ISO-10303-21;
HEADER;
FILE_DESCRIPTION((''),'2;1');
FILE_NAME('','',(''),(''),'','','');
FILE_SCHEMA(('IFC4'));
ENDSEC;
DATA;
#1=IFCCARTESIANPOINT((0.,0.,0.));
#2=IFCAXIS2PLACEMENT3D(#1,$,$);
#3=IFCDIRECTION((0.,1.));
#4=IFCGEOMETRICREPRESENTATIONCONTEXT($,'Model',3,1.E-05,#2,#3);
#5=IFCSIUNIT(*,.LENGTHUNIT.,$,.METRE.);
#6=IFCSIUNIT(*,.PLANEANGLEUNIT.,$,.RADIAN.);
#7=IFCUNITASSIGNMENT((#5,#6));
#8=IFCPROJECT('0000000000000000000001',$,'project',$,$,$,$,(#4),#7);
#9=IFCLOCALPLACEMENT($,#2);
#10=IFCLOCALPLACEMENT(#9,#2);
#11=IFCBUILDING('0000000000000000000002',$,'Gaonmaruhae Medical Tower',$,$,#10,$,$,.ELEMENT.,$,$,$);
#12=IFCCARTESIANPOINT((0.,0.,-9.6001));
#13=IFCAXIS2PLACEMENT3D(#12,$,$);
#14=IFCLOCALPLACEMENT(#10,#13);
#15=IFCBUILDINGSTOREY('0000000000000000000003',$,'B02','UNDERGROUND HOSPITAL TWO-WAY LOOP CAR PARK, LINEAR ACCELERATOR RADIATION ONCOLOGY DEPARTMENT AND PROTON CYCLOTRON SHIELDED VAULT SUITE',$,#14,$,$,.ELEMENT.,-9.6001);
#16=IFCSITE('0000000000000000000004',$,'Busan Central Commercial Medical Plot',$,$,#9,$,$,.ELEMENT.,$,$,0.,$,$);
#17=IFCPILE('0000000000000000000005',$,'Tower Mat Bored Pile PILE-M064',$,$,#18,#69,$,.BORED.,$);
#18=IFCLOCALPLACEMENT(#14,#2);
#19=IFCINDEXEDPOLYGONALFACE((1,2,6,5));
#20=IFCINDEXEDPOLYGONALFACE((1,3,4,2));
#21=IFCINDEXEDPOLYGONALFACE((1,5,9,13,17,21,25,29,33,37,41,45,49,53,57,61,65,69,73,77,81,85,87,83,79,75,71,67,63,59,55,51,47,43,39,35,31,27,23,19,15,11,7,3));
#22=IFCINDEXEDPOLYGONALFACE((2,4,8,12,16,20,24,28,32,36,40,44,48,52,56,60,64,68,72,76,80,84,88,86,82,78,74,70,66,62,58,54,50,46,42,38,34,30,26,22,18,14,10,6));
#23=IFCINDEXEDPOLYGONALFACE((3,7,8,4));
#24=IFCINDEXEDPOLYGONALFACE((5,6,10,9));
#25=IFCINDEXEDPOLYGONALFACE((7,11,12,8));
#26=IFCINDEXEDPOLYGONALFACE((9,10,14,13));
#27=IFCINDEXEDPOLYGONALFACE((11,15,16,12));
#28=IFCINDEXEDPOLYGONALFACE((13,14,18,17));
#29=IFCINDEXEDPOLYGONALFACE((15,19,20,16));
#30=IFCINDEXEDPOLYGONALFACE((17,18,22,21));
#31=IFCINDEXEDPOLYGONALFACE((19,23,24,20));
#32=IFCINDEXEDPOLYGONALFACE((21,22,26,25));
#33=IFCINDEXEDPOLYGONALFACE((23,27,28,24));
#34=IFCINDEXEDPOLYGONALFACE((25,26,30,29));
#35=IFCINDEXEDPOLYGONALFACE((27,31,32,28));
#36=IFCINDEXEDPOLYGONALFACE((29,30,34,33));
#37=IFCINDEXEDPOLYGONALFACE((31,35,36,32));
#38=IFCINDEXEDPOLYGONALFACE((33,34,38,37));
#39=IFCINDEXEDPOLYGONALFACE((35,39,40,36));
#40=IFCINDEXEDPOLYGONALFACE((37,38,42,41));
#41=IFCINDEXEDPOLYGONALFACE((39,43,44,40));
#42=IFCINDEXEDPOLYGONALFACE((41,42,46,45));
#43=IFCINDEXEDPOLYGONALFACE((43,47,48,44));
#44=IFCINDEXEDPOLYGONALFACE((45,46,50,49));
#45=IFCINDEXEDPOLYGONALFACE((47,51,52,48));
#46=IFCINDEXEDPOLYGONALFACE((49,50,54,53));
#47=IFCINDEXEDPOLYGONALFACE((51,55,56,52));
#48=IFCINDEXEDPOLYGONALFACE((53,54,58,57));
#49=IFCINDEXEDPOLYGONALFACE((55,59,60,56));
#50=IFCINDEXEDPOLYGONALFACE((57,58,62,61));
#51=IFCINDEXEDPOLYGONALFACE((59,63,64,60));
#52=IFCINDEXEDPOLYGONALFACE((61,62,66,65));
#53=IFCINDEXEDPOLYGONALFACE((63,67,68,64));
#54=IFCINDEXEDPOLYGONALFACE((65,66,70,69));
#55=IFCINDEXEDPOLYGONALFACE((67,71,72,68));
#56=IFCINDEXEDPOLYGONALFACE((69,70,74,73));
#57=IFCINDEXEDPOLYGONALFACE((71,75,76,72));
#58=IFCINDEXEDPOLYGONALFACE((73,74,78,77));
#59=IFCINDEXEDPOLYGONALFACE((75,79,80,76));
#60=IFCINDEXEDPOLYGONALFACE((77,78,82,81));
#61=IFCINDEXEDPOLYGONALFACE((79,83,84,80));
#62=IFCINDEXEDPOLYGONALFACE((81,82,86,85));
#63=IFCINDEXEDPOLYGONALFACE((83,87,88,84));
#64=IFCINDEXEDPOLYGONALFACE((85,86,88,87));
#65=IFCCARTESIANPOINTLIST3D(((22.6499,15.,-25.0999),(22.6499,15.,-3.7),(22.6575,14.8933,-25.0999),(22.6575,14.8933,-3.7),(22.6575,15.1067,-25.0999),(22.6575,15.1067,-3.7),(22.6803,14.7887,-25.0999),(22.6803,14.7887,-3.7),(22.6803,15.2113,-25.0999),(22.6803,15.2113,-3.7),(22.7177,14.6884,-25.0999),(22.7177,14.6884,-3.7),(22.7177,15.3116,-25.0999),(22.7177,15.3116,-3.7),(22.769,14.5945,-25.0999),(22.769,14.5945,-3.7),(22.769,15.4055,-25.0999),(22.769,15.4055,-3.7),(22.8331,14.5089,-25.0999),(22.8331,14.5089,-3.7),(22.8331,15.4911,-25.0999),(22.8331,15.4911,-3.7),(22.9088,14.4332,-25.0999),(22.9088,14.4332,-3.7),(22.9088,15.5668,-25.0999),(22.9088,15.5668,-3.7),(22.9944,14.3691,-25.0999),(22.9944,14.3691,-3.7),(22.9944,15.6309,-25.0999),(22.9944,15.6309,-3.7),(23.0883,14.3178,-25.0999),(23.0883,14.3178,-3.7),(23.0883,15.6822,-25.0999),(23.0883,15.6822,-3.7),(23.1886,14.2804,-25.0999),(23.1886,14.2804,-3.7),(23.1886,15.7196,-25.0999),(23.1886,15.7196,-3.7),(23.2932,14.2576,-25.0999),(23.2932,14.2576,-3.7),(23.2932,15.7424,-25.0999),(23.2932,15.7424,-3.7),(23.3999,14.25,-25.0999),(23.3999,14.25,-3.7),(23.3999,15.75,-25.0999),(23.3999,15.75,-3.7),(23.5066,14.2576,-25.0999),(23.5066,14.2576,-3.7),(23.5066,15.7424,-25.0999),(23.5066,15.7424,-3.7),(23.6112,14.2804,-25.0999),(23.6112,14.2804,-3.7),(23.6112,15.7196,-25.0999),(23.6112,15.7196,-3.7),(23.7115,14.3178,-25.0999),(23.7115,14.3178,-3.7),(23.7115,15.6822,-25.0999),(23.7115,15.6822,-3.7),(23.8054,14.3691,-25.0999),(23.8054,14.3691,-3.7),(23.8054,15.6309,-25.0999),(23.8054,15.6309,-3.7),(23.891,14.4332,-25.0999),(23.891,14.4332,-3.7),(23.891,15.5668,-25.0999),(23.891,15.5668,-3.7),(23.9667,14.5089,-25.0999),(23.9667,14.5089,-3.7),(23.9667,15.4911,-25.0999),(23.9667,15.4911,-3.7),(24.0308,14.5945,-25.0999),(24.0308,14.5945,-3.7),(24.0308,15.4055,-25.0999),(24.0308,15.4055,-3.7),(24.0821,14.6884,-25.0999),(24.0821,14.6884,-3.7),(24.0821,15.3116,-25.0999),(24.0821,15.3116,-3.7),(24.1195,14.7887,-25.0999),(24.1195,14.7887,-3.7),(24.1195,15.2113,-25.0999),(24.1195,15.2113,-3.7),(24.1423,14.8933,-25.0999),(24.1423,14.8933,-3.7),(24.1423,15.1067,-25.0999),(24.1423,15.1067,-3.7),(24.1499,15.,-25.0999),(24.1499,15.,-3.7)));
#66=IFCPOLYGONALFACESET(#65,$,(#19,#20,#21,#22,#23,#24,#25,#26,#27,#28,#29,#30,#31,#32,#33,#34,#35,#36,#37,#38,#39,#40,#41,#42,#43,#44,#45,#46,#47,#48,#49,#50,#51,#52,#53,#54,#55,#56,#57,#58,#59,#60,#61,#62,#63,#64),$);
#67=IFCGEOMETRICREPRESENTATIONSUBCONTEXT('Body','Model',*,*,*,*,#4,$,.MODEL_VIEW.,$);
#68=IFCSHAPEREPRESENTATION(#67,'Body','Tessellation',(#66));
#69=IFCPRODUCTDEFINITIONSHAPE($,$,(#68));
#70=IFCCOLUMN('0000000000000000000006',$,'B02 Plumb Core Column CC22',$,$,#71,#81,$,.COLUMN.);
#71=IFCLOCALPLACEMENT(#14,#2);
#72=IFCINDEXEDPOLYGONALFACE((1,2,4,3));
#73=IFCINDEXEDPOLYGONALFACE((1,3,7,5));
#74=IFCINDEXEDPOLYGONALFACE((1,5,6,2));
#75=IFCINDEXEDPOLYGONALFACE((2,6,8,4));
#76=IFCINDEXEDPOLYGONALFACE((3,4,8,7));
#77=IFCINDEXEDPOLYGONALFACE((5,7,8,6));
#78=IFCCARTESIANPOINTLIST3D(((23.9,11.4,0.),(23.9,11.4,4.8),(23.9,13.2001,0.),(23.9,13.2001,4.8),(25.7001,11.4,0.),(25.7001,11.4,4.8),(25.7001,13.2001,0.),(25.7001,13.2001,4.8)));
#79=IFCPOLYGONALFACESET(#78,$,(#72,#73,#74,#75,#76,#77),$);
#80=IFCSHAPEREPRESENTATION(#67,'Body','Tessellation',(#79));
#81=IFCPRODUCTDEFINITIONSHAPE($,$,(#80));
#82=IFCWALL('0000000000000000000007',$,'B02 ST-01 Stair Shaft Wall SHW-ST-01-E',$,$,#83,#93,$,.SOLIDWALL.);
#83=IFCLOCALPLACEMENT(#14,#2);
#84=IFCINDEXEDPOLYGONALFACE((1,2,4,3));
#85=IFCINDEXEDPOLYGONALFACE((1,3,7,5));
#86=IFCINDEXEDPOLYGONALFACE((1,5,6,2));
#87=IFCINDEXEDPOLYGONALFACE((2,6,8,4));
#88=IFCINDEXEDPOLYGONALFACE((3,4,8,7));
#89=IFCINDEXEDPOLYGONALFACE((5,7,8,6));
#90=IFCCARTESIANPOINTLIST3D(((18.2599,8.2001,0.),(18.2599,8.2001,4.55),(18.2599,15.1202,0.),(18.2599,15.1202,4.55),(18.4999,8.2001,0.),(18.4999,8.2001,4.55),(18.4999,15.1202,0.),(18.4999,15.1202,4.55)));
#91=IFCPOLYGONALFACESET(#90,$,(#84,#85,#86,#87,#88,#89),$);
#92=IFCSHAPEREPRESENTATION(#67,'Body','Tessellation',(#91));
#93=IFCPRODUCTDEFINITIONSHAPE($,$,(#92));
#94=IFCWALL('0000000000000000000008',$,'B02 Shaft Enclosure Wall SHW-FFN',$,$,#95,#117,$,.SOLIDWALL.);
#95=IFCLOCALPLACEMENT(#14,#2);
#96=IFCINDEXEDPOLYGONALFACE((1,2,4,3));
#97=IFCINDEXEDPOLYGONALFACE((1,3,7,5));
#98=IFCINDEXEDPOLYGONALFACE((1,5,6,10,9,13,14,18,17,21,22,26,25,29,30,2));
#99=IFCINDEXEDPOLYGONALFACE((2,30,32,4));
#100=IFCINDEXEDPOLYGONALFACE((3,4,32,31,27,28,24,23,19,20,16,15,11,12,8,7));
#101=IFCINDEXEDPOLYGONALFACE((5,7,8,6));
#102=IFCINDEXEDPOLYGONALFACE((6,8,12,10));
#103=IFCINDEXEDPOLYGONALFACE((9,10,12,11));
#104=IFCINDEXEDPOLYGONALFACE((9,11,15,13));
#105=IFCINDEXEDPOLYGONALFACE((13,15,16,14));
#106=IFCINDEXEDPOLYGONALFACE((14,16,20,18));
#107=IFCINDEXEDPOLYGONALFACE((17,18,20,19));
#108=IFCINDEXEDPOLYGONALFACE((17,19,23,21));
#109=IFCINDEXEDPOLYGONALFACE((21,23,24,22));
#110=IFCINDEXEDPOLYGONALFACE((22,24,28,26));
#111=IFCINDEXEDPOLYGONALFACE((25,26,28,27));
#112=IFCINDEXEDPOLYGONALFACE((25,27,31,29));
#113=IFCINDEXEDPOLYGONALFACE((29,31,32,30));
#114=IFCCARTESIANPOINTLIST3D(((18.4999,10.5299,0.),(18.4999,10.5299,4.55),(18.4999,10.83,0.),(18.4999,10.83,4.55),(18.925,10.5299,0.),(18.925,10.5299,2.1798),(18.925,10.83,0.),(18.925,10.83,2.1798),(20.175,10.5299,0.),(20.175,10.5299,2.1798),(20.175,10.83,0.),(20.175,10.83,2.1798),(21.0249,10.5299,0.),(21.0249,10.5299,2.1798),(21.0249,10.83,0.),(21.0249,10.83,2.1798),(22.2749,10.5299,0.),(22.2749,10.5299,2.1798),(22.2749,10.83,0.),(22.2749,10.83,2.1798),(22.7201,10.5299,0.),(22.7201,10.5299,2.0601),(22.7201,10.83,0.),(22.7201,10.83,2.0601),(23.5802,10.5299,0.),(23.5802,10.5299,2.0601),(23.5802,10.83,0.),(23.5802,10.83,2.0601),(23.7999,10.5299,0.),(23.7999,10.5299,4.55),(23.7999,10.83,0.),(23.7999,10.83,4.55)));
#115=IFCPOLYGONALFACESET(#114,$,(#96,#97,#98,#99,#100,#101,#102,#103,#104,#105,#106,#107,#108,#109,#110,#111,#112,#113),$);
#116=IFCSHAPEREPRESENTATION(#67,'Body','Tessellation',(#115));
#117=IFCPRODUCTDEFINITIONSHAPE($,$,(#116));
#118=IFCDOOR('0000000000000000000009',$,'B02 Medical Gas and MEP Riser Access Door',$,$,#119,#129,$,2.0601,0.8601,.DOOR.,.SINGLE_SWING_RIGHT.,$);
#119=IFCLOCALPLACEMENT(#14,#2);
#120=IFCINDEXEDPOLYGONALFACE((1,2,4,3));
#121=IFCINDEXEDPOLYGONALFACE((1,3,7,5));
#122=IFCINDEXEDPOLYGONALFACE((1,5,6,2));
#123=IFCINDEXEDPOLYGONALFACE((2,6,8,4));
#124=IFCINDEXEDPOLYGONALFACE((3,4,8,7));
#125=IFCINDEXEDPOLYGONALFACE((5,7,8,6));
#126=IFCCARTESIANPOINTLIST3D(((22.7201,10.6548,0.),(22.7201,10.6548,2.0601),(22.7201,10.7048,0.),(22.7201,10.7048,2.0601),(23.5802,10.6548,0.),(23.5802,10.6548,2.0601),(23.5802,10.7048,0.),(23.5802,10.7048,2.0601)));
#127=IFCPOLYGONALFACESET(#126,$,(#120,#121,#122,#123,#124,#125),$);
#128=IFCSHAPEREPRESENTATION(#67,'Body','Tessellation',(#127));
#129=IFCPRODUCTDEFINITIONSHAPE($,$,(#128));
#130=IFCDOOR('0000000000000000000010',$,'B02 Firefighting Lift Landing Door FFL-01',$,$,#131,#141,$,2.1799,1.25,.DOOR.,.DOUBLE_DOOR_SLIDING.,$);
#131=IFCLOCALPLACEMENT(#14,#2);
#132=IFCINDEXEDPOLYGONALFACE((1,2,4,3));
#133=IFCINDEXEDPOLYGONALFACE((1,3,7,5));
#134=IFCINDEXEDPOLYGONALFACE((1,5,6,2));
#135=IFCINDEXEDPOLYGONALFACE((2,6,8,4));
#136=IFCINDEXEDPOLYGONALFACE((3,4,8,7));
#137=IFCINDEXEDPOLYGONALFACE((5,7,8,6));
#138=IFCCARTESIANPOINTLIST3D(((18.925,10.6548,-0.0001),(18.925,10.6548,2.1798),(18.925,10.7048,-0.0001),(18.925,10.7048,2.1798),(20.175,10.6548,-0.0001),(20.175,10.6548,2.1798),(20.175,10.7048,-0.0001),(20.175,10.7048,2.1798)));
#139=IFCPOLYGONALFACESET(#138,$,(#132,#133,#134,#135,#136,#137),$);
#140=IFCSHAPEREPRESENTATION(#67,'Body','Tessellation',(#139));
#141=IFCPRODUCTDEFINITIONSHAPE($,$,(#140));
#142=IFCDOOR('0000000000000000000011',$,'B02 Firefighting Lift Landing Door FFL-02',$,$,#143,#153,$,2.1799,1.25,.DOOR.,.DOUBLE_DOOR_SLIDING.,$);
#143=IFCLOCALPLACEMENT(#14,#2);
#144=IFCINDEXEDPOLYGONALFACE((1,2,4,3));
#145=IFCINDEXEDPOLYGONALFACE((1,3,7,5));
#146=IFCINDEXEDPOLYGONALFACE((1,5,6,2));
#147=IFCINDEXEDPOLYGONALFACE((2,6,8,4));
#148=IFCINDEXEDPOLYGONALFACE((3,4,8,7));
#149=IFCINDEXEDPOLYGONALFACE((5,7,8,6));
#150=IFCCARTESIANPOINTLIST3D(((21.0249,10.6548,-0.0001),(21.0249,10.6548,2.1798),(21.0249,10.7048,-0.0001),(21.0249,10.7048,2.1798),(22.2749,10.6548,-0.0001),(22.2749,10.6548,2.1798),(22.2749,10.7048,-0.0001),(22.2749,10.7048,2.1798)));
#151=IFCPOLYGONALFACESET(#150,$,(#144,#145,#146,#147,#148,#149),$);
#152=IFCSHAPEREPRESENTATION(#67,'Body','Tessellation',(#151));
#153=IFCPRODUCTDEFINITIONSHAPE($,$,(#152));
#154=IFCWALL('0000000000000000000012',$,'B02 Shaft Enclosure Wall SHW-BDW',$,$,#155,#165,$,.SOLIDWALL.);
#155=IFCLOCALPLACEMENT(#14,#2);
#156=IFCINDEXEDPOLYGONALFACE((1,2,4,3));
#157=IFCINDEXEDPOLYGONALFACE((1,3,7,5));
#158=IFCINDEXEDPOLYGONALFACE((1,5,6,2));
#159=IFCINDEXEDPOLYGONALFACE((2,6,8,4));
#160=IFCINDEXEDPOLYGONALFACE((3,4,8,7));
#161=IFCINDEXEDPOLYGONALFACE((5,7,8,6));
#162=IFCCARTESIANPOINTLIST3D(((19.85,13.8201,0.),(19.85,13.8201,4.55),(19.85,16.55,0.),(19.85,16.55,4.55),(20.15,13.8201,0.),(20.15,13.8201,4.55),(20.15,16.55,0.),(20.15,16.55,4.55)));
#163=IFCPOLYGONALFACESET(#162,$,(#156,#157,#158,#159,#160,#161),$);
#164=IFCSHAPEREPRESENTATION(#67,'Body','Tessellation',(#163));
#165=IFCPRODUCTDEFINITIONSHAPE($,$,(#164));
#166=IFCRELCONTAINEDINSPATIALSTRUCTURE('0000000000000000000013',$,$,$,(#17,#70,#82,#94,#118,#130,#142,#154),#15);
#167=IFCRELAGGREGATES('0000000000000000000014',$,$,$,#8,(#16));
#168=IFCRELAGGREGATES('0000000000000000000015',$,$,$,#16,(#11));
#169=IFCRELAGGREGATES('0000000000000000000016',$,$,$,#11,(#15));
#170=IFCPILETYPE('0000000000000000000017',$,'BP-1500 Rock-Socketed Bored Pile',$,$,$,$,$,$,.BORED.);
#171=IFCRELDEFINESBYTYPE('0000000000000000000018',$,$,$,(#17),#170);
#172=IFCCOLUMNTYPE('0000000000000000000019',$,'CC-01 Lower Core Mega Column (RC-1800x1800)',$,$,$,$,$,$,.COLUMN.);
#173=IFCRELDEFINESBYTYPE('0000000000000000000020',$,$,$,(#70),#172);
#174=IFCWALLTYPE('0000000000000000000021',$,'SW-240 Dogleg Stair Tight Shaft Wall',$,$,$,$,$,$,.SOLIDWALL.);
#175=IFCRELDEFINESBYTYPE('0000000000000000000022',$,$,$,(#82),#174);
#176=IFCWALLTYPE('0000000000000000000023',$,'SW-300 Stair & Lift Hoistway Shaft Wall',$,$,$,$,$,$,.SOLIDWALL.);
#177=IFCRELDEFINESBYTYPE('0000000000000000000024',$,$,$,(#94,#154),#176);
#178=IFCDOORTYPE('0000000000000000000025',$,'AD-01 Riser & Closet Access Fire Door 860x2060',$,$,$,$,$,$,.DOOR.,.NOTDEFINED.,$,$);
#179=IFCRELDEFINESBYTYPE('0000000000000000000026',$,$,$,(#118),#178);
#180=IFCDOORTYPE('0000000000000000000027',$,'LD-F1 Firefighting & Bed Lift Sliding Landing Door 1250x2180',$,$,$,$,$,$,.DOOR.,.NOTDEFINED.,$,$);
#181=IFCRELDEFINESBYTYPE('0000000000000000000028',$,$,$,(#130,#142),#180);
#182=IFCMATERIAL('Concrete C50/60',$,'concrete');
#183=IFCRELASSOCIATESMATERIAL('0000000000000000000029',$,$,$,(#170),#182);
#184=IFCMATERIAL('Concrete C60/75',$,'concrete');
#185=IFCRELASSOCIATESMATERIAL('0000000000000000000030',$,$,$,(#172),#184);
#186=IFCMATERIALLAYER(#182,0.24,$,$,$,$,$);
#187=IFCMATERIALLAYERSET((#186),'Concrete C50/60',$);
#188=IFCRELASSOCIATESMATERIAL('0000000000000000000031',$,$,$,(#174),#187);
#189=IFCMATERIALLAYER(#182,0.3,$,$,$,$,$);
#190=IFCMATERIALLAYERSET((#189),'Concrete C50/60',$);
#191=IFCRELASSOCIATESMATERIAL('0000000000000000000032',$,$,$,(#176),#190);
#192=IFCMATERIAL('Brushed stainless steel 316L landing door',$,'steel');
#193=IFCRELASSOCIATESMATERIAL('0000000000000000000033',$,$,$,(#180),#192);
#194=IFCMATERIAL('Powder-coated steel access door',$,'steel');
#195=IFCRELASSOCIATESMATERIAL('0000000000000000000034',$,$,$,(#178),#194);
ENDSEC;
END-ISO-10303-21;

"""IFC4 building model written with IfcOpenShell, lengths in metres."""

from ifc_helpers import new_model, si_unit, direction, frame, frame_2d, origin, origin_2d, place, context, subcontext, project, spatial, rectangle, circle, extrude, material, layer, layer_set, material_profile, profile_set, type_object, element, fill, save


model = new_model("IFC4")

# Units and contexts
model_context = context("Model", 3, precision=1e-05, world=origin(), true_north=direction((0.0, 1.0)))
body_context = subcontext(model_context, "Body", "Model", "MODEL_VIEW")
ifc_project = project(units=[si_unit("LENGTHUNIT", "METRE"), si_unit("PLANEANGLEUNIT", "RADIAN")], contexts=[model_context])

# Site, building, storey
site_placement = place(None, origin())
site = spatial("IfcSite", under=ifc_project, at=site_placement, Name="Busan Central Commercial Medical Plot", CompositionType="ELEMENT", RefElevation=0.0)
building_placement = place(site_placement, origin())
building = spatial("IfcBuilding", under=site, at=building_placement, Name="Gaonmaruhae Medical Tower", CompositionType="ELEMENT")
storey_placement = place(building_placement, frame((0.0, 0.0, -9.6001)))
storey = spatial("IfcBuildingStorey", under=building, at=storey_placement, Name="B02", Description="UNDERGROUND HOSPITAL TWO-WAY LOOP CAR PARK, LINEAR ACCELERATOR RADIATION ONCOLOGY DEPARTMENT AND PROTON CYCLOTRON SHIELDED VAULT SUITE", CompositionType="ELEMENT", Elevation=-9.6001)

# Pile
ifc_material_1 = material(Name="Concrete C50/60", Category="concrete")
ifc_material_profile_1 = material_profile(ifc_material_1, circle(Radius=0.75, at=origin_2d()), Name="PILE-D1500")
ifc_profile_set_1 = profile_set([ifc_material_profile_1], Name="Concrete C50/60")
pile_type = type_object("IfcPileType", Name="BP-1500 Rock-Socketed Bored Pile", PredefinedType="BORED", material=ifc_profile_set_1)
for number, where, z_axis, x_axis, name in (
    (1, (23.3999, 15.0, -3.7), (0.0, 0.0, -1.0), (1.0, 0.0, 0.0), "Tower Mat Bored Pile PILE-M064"),
):
    element("IfcPile", number, at=place(storey_placement, frame(where, z_axis=z_axis, x_axis=x_axis)), inside=storey, type_object=pile_type, Name=name, PredefinedType="BORED", context=body_context, shape_type="SweptSolid", body=[
        extrude(circle(Radius=0.75, at=origin_2d()), origin(), (0.0, 0.0, 1.0), 21.3999),
    ])

# Column
ifc_material_2 = material(Name="Concrete C60/75", Category="concrete")
ifc_material_profile_2 = material_profile(ifc_material_2, rectangle(XDim=1.8, YDim=1.8, at=origin_2d()), Name="RC-1800x1800")
ifc_profile_set_2 = profile_set([ifc_material_profile_2], Name="Concrete C60/75")
column_type = type_object("IfcColumnType", Name="CC-01 Lower Core Mega Column (RC-1800x1800)", PredefinedType="COLUMN", material=ifc_profile_set_2)
column_placement = place(storey_placement, frame((24.8, 12.3, 0.0), z_axis=(0.0, 0.0, 1.0), x_axis=(1.0, 0.0, 0.0)))
element("IfcColumn", 2, at=column_placement, inside=storey, type_object=column_type, Name="B02 Plumb Core Column CC22", PredefinedType="COLUMN", context=body_context, shape_type="SweptSolid", body=[
    extrude(rectangle(XDim=1.8, YDim=1.8, at=origin_2d()), origin(), (0.0, 0.0, 1.0), 4.8),
])

# Wall
ifc_layer_1 = layer(ifc_material_1, 0.24)
ifc_layer_set_1 = layer_set([ifc_layer_1], Name="Concrete C50/60")
wall_type_1 = type_object("IfcWallType", Name="SW-240 Dogleg Stair Tight Shaft Wall", PredefinedType="SOLIDWALL", material=ifc_layer_set_1)
wall_1_placement = place(storey_placement, frame((18.3799, 15.1201, 0.0), z_axis=(0.0, 0.0, 1.0), x_axis=(0.0, -1.0, 0.0)))
element("IfcWall", 3, at=wall_1_placement, inside=storey, type_object=wall_type_1, Name="B02 ST-01 Stair Shaft Wall SHW-ST-01-E", PredefinedType="SOLIDWALL", context=body_context, shape_type="SweptSolid", body=[
    extrude(rectangle(XDim=6.9202, YDim=0.24, at=frame_2d((3.46, 0.0))), origin(), (0.0, 0.0, 1.0), 4.55),
])

# Wall, openings, doors
ifc_layer_2 = layer(ifc_material_1, 0.3)
ifc_layer_set_2 = layer_set([ifc_layer_2], Name="Concrete C50/60")
wall_type_2 = type_object("IfcWallType", Name="SW-300 Stair & Lift Hoistway Shaft Wall", PredefinedType="SOLIDWALL", material=ifc_layer_set_2)
ifc_material_3 = material(Name="Brushed stainless steel 316L landing door", Category="steel")
door_type_1 = type_object("IfcDoorType", Name="LD-F1 Firefighting & Bed Lift Sliding Landing Door 1250x2180", OperationType="NOTDEFINED", PredefinedType="DOOR", material=ifc_material_3)
wall_2_placement = place(storey_placement, frame((18.5, 10.6799, 0.0), z_axis=(0.0, 0.0, 1.0), x_axis=(1.0, 0.0, 0.0)))
wall_2 = element("IfcWall", 4, at=wall_2_placement, inside=storey, type_object=wall_type_2, Name="B02 Shaft Enclosure Wall SHW-FFN", PredefinedType="SOLIDWALL", context=body_context, shape_type="SweptSolid", body=[
    extrude(rectangle(XDim=5.3, YDim=0.3, at=frame_2d((2.6499, 0.0))), origin(), (0.0, 0.0, 1.0), 4.55),
])
opening_1_placement = place(wall_2_placement, frame((4.22, 0.0, 0.0)))
opening_1 = element("IfcOpeningElement", 5, at=opening_1_placement, cuts=wall_2, PredefinedType="OPENING", context=body_context, shape_type="SweptSolid", body=[
    extrude(rectangle(XDim=0.8601, YDim=2.0601, at=frame_2d((0.4302, 1.03))), frame((0.0, 0.1602, 0.0), z_axis=(0.0, -1.0, 0.0), x_axis=(1.0, 0.0, 0.0)), (0.0, 0.0, 1.0), 0.3201),
])
opening_2_placement = place(wall_2_placement, frame((0.425, 0.0, 0.0)))
opening_2 = element("IfcOpeningElement", 6, at=opening_2_placement, cuts=wall_2, PredefinedType="OPENING", context=body_context, shape_type="SweptSolid", body=[
    extrude(rectangle(XDim=1.25, YDim=2.1799, at=frame_2d((0.625, 1.0898))), frame((0.0, 0.1602, 0.0), z_axis=(0.0, -1.0, 0.0), x_axis=(1.0, 0.0, 0.0)), (0.0, 0.0, 1.0), 0.3201),
])
opening_3_placement = place(wall_2_placement, frame((2.5249, 0.0, 0.0)))
opening_3 = element("IfcOpeningElement", 7, at=opening_3_placement, cuts=wall_2, PredefinedType="OPENING", context=body_context, shape_type="SweptSolid", body=[
    extrude(rectangle(XDim=1.25, YDim=2.1799, at=frame_2d((0.625, 1.0898))), frame((0.0, 0.1602, 0.0), z_axis=(0.0, -1.0, 0.0), x_axis=(1.0, 0.0, 0.0)), (0.0, 0.0, 1.0), 0.3201),
])
ifc_material_4 = material(Name="Powder-coated steel access door", Category="steel")
door_type_2 = type_object("IfcDoorType", Name="AD-01 Riser & Closet Access Fire Door 860x2060", OperationType="NOTDEFINED", PredefinedType="DOOR", material=ifc_material_4)
door_1_placement = place(opening_1_placement, origin())
door_1 = element("IfcDoor", 8, at=door_1_placement, inside=storey, type_object=door_type_2, Name="B02 Medical Gas and MEP Riser Access Door", OperationType="SINGLE_SWING_RIGHT", OverallHeight=2.0601, OverallWidth=0.8601, PredefinedType="DOOR", context=body_context, shape_type="SweptSolid", body=[
    extrude(rectangle(XDim=0.8601, YDim=2.0601, at=frame_2d((0.4302, 1.03))), frame((0.0, 0.0249, 0.0), z_axis=(0.0, -1.0, 0.0), x_axis=(1.0, 0.0, 0.0)), (0.0, 0.0, 1.0), 0.05),
])
fill(opening_1, door_1)
door_2_placement = place(opening_2_placement, origin())
door_2 = element("IfcDoor", 9, at=door_2_placement, inside=storey, type_object=door_type_1, Name="B02 Firefighting Lift Landing Door FFL-01", OperationType="DOUBLE_DOOR_SLIDING", OverallHeight=2.1799, OverallWidth=1.25, PredefinedType="DOOR", context=body_context, shape_type="SweptSolid", body=[
    extrude(rectangle(XDim=1.25, YDim=2.1799, at=frame_2d((0.625, 1.0898))), frame((0.0, 0.0249, 0.0), z_axis=(0.0, -1.0, 0.0), x_axis=(1.0, 0.0, 0.0)), (0.0, 0.0, 1.0), 0.05),
])
fill(opening_2, door_2)
door_3_placement = place(opening_3_placement, origin())
door_3 = element("IfcDoor", 10, at=door_3_placement, inside=storey, type_object=door_type_1, Name="B02 Firefighting Lift Landing Door FFL-02", OperationType="DOUBLE_DOOR_SLIDING", OverallHeight=2.1799, OverallWidth=1.25, PredefinedType="DOOR", context=body_context, shape_type="SweptSolid", body=[
    extrude(rectangle(XDim=1.25, YDim=2.1799, at=frame_2d((0.625, 1.0898))), frame((0.0, 0.0249, 0.0), z_axis=(0.0, -1.0, 0.0), x_axis=(1.0, 0.0, 0.0)), (0.0, 0.0, 1.0), 0.05),
])
fill(opening_3, door_3)

# Wall
wall_3_placement = place(storey_placement, frame((20.0, 13.8201, 0.0), z_axis=(0.0, 0.0, 1.0), x_axis=(0.0, 1.0, 0.0)))
element("IfcWall", 11, at=wall_3_placement, inside=storey, type_object=wall_type_2, Name="B02 Shaft Enclosure Wall SHW-BDW", PredefinedType="SOLIDWALL", context=body_context, shape_type="SweptSolid", body=[
    extrude(rectangle(XDim=2.73, YDim=0.3, at=frame_2d((1.365, 0.0))), origin(), (0.0, 0.0, 1.0), 4.55),
])

save(model, "model.ifc")
